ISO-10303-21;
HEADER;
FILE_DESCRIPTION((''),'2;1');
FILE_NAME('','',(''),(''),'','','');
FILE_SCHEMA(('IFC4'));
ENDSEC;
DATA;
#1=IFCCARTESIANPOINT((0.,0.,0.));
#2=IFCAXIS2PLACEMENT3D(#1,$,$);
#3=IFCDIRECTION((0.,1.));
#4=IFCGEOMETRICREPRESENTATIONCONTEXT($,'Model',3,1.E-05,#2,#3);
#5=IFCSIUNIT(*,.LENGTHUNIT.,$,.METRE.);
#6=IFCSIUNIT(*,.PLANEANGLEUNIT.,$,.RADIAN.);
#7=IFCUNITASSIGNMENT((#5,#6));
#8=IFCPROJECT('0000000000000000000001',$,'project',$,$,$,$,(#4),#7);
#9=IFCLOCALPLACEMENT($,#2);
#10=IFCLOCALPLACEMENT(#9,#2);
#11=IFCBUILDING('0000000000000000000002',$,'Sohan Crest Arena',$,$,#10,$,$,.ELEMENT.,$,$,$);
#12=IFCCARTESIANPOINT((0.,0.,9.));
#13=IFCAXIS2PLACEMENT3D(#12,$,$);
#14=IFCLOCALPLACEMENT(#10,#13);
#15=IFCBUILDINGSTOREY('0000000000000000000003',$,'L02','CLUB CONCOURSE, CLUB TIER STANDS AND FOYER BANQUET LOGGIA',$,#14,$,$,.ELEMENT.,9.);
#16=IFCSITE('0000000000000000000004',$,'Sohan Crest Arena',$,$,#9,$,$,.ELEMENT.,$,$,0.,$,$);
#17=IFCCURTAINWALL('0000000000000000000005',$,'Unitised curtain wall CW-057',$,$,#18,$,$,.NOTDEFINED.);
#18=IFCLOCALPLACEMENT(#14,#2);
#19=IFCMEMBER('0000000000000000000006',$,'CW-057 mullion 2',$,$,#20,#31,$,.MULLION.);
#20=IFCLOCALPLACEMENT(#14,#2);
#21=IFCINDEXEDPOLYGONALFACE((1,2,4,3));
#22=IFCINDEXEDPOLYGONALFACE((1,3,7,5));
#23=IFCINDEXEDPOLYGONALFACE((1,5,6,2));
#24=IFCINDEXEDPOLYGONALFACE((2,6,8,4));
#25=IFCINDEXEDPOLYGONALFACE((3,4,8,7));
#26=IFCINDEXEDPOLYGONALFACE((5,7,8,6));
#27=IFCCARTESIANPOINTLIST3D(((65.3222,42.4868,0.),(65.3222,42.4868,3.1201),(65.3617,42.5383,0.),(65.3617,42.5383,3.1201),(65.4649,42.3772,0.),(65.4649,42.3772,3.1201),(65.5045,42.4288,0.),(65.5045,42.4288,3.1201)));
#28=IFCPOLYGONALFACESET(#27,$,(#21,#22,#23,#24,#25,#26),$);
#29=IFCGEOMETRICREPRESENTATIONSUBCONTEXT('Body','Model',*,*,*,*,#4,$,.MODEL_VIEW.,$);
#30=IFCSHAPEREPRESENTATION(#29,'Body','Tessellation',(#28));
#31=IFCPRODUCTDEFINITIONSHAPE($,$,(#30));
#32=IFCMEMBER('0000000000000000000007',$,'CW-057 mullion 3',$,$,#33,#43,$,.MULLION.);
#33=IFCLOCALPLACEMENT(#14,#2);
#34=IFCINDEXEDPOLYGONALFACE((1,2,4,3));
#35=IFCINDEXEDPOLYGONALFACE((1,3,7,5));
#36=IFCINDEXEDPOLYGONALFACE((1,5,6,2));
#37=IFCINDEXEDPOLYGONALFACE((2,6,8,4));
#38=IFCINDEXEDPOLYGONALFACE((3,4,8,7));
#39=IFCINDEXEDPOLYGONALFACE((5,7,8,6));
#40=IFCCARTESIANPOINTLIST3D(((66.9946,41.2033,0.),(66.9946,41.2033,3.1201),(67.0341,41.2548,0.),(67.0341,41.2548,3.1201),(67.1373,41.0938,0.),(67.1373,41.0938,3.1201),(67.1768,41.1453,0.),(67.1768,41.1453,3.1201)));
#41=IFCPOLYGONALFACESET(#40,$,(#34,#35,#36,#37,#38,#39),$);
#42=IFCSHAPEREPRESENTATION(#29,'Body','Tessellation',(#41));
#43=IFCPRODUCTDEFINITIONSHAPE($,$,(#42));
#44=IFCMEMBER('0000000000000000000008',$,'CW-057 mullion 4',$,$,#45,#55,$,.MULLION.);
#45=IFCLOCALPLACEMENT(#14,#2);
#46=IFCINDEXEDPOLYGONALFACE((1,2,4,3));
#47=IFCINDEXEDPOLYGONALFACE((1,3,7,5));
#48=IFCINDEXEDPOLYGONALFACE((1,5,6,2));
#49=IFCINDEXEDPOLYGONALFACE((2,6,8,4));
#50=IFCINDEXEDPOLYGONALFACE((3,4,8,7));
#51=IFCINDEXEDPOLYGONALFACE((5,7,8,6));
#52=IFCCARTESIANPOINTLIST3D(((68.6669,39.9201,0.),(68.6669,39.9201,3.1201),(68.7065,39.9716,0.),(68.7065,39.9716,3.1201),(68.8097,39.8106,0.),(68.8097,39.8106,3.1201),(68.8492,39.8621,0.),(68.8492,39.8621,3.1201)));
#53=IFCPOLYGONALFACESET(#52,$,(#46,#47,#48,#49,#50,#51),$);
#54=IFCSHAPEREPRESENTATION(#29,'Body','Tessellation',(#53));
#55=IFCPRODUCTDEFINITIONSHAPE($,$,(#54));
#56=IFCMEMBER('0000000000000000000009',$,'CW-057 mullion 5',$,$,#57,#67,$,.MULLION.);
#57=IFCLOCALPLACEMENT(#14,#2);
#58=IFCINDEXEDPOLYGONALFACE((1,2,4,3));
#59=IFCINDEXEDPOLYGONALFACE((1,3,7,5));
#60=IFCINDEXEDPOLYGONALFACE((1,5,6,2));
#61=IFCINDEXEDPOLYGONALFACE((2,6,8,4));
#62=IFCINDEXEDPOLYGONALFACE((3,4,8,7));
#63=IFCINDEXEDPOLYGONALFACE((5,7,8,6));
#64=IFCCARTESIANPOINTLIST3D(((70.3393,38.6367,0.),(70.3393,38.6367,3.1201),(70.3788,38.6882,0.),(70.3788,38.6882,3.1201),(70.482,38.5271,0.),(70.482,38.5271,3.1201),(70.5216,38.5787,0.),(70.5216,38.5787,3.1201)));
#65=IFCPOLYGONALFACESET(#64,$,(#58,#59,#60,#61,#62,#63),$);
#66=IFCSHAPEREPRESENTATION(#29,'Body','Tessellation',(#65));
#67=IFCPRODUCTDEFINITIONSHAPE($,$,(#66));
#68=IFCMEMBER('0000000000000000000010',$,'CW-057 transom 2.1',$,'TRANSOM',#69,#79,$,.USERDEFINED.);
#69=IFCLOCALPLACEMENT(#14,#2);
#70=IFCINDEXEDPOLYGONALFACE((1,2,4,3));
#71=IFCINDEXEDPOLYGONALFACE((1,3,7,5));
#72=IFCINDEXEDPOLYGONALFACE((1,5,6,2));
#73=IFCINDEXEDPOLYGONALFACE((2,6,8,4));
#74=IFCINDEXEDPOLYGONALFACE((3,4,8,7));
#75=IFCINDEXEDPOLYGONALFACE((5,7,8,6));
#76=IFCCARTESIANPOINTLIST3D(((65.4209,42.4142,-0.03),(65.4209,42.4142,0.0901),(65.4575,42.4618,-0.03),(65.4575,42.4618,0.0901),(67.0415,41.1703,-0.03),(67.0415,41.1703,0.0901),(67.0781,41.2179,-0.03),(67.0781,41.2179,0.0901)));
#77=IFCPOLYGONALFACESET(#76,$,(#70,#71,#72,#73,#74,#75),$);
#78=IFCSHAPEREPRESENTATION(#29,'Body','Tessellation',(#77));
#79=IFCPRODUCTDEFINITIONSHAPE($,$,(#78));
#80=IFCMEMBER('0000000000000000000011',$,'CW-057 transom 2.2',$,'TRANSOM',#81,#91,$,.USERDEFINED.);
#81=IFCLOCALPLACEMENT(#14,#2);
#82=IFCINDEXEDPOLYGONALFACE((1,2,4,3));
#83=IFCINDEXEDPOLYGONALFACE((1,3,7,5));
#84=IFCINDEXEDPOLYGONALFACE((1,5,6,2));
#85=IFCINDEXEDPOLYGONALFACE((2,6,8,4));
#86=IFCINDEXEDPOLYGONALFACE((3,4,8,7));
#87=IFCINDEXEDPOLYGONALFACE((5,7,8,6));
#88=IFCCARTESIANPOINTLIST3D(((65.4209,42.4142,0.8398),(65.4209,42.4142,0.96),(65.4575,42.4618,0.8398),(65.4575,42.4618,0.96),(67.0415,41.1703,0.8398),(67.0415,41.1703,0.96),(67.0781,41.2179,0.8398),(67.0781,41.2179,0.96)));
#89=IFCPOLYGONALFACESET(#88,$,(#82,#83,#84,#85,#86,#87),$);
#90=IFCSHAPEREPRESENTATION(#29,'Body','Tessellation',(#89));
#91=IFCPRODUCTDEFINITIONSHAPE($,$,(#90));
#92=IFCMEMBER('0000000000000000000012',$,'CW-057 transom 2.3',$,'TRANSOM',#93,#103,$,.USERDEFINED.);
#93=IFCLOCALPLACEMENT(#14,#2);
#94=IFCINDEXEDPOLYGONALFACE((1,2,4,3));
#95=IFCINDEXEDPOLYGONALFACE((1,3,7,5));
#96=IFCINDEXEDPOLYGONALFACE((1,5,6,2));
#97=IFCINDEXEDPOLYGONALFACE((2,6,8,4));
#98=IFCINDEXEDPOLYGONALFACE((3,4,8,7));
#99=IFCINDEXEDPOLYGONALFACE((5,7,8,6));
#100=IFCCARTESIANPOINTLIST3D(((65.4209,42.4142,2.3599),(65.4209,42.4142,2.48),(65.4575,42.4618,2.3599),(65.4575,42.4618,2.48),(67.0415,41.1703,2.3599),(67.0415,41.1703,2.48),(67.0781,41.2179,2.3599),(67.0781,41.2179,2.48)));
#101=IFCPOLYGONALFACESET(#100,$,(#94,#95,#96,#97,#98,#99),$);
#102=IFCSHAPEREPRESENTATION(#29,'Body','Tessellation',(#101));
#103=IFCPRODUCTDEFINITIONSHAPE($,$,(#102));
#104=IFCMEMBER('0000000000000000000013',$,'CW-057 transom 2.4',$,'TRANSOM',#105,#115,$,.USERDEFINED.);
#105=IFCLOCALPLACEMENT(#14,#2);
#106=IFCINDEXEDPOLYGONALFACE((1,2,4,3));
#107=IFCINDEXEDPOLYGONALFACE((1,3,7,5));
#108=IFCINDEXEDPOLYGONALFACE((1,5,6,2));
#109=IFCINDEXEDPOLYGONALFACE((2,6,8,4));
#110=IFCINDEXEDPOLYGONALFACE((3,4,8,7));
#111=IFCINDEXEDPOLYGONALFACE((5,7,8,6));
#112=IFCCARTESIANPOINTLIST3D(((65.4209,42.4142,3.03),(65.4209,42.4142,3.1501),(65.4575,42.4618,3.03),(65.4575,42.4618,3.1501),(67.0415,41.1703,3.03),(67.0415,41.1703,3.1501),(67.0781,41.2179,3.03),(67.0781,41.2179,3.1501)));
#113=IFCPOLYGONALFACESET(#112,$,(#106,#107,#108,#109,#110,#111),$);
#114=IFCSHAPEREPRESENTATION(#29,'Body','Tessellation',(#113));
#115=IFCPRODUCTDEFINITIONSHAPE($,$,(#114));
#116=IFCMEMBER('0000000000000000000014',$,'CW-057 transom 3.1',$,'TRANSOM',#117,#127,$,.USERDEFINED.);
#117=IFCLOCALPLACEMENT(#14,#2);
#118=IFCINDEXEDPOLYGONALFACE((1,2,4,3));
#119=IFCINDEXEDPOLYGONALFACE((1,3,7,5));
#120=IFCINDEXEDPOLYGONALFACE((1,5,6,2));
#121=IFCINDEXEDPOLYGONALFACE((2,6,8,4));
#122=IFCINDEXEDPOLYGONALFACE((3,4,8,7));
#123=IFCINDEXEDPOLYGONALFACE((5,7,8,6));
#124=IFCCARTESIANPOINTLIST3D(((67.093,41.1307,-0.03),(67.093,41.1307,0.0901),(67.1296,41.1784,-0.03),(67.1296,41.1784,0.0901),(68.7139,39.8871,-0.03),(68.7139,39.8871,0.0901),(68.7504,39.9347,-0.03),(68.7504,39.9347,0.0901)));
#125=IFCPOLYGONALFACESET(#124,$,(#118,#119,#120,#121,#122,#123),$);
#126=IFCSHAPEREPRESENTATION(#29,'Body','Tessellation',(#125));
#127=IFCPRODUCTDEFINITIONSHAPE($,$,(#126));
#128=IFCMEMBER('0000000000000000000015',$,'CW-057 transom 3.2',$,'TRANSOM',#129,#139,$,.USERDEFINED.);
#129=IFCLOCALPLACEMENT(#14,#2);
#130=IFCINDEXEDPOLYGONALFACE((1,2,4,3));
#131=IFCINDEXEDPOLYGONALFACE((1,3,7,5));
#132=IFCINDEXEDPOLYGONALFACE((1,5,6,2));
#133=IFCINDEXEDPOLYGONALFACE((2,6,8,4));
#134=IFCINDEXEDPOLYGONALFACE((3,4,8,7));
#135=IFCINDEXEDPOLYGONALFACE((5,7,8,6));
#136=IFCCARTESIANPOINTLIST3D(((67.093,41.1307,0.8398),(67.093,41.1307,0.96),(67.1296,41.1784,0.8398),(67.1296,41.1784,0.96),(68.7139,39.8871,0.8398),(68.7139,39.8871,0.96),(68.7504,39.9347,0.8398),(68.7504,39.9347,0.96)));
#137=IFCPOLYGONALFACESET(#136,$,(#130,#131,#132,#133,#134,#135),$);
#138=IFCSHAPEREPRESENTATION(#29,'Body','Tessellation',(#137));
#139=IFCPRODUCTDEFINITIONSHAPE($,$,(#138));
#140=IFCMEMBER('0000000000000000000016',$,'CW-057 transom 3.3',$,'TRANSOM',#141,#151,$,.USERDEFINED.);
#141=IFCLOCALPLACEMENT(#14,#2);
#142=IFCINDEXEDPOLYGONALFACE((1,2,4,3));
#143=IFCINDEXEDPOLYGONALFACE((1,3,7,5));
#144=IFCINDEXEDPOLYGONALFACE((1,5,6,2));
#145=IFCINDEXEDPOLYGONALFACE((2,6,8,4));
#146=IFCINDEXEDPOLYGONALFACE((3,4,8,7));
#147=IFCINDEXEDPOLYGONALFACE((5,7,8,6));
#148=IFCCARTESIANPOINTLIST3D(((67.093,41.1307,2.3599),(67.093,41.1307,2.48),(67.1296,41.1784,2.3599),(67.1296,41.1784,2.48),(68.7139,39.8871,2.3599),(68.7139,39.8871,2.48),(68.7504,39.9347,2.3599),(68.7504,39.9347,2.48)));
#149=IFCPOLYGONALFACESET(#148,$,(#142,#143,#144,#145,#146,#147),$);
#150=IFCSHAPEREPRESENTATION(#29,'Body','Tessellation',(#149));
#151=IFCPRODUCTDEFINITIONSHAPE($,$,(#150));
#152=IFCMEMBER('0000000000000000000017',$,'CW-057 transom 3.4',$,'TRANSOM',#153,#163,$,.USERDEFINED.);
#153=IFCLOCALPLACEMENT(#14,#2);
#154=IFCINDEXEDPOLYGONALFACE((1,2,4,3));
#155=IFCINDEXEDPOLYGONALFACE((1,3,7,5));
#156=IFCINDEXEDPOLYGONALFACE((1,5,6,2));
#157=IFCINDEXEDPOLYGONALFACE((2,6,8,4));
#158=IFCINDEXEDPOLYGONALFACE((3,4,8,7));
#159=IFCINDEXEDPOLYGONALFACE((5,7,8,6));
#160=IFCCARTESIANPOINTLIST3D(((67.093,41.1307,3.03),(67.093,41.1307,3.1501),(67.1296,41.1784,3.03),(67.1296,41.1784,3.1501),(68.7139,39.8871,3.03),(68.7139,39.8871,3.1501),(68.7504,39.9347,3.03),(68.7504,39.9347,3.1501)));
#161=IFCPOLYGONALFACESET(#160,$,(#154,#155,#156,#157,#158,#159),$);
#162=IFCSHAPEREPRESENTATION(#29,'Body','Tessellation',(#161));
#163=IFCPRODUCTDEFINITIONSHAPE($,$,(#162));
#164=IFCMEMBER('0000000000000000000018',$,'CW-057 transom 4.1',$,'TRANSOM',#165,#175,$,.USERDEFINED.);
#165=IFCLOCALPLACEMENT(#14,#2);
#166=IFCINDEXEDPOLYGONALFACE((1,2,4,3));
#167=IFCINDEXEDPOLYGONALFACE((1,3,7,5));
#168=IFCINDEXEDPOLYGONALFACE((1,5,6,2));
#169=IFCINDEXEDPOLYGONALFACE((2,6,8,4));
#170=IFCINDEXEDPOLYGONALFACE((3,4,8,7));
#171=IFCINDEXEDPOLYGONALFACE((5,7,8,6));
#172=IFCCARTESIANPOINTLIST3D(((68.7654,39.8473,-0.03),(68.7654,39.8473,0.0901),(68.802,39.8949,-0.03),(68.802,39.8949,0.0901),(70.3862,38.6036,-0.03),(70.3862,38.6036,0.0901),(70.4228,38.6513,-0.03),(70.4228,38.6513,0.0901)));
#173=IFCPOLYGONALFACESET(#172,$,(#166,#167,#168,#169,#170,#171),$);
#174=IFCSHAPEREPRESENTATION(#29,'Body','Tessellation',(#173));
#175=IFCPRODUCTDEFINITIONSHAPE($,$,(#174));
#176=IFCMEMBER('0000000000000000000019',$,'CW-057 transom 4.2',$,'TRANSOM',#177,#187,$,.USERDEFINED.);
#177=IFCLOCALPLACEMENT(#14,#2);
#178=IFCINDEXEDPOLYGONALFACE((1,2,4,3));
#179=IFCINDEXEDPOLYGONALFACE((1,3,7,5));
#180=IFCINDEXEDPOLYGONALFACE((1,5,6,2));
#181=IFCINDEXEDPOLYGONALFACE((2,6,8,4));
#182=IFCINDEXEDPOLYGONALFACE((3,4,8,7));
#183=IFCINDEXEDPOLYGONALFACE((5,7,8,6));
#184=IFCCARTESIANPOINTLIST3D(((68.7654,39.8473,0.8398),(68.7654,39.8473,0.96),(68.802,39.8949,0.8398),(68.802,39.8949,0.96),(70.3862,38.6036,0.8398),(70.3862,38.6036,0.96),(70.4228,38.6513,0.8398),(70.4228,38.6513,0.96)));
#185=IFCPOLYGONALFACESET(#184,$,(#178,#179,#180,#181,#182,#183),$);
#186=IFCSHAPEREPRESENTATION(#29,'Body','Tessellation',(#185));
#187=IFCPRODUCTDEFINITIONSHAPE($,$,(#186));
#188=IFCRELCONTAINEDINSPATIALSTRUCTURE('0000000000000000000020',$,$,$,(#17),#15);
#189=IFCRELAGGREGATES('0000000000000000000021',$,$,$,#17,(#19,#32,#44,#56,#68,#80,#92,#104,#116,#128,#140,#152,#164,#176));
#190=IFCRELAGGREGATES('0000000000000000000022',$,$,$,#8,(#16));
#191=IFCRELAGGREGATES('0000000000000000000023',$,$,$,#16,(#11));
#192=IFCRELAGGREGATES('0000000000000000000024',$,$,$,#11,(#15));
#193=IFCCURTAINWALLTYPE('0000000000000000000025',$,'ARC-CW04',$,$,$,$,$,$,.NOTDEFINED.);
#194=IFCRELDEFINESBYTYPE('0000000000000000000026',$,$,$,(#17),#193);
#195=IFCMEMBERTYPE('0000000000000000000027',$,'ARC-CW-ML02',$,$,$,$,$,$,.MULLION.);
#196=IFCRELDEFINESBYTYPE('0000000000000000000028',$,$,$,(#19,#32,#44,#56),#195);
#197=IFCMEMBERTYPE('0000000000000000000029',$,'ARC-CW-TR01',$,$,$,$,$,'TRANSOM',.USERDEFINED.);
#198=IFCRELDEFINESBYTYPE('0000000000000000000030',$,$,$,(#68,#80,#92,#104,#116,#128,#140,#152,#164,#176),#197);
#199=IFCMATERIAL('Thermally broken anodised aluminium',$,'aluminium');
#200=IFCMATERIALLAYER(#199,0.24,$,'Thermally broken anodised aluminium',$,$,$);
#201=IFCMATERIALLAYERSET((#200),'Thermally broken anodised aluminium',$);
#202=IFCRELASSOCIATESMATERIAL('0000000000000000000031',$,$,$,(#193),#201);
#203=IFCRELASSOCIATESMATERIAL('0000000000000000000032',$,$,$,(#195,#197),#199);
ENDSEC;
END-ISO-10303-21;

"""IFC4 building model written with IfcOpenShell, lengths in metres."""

from ifc_helpers import new_model, si_unit, direction, frame, origin, origin_2d, place, context, subcontext, project, spatial, rectangle, extrude, material, layer, layer_set, material_profile, profile_set, type_object, element, aggregate, save


model = new_model("IFC4")

# Units and contexts
model_context = context("Model", 3, precision=1e-05, world=origin(), true_north=direction((0.0, 1.0)))
body_context = subcontext(model_context, "Body", "Model", "MODEL_VIEW")
ifc_project = project(units=[si_unit("LENGTHUNIT", "METRE"), si_unit("PLANEANGLEUNIT", "RADIAN")], contexts=[model_context])

# Site, building, storey
site_placement = place(None, origin())
site = spatial("IfcSite", under=ifc_project, at=site_placement, Name="Sohan Crest Arena", CompositionType="ELEMENT", RefElevation=0.0)
building_placement = place(site_placement, origin())
building = spatial("IfcBuilding", under=site, at=building_placement, Name="Sohan Crest Arena", CompositionType="ELEMENT")
storey_placement = place(building_placement, frame((0.0, 0.0, 9.0)))
storey = spatial("IfcBuildingStorey", under=building, at=storey_placement, Name="L02", Description="CLUB CONCOURSE, CLUB TIER STANDS AND FOYER BANQUET LOGGIA", CompositionType="ELEMENT", Elevation=9.0)

# Curtain wall, members
ifc_material_1 = material(Name="Thermally broken anodised aluminium", Category="aluminium")
ifc_layer_1 = layer(ifc_material_1, 0.24, Name="Thermally broken anodised aluminium")
ifc_layer_set_1 = layer_set([ifc_layer_1], Name="Thermally broken anodised aluminium")
curtain_wall_type = type_object("IfcCurtainWallType", Name="ARC-CW04", PredefinedType="NOTDEFINED", material=ifc_layer_set_1)
curtain_wall_placement = place(storey_placement, origin())
curtain_wall = element("IfcCurtainWall", 1, at=curtain_wall_placement, inside=storey, type_object=curtain_wall_type, Name="Unitised curtain wall CW-057", PredefinedType="NOTDEFINED")
ifc_material_profile_1 = material_profile(ifc_material_1, rectangle(XDim=0.0649, YDim=0.1799, at=origin_2d()), Name="ALU-MULL 65x180")
ifc_profile_set_1 = profile_set([ifc_material_profile_1], Name="Thermally broken anodised aluminium")
member_type_1 = type_object("IfcMemberType", Name="ARC-CW-ML02", PredefinedType="MULLION", material=ifc_profile_set_1)
member_1_placement = place(storey_placement, frame((65.4133, 42.4578, 0.0), z_axis=(0.0, 0.0, 1.0), x_axis=(0.608793, 0.793329, 0.0)))
member_1 = element("IfcMember", 2, at=member_1_placement, type_object=member_type_1, Name="CW-057 mullion 2", PredefinedType="MULLION", context=body_context, shape_type="SweptSolid", body=[
    extrude(rectangle(XDim=0.0649, YDim=0.1799, at=origin_2d()), origin(), (0.0, 0.0, 1.0), 3.1201),
])
member_2_placement = place(storey_placement, frame((67.0857, 41.1743, 0.0), z_axis=(0.0, 0.0, 1.0), x_axis=(0.608793, 0.793329, 0.0)))
member_2 = element("IfcMember", 3, at=member_2_placement, type_object=member_type_1, Name="CW-057 mullion 3", PredefinedType="MULLION", context=body_context, shape_type="SweptSolid", body=[
    extrude(rectangle(XDim=0.0649, YDim=0.1799, at=origin_2d()), origin(), (0.0, 0.0, 1.0), 3.1201),
])
member_3_placement = place(storey_placement, frame((68.7581, 39.8911, 0.0), z_axis=(0.0, 0.0, 1.0), x_axis=(0.608793, 0.793329, 0.0)))
member_3 = element("IfcMember", 4, at=member_3_placement, type_object=member_type_1, Name="CW-057 mullion 4", PredefinedType="MULLION", context=body_context, shape_type="SweptSolid", body=[
    extrude(rectangle(XDim=0.0649, YDim=0.1799, at=origin_2d()), origin(), (0.0, 0.0, 1.0), 3.1201),
])
member_4_placement = place(storey_placement, frame((70.4304, 38.6077, 0.0), z_axis=(0.0, 0.0, 1.0), x_axis=(0.608793, 0.793329, 0.0)))
member_4 = element("IfcMember", 5, at=member_4_placement, type_object=member_type_1, Name="CW-057 mullion 5", PredefinedType="MULLION", context=body_context, shape_type="SweptSolid", body=[
    extrude(rectangle(XDim=0.0649, YDim=0.1799, at=origin_2d()), origin(), (0.0, 0.0, 1.0), 3.1201),
])
ifc_material_profile_2 = material_profile(ifc_material_1, rectangle(XDim=0.0601, YDim=0.1201, at=origin_2d()), Name="ALU-TRAN 60x120")
ifc_profile_set_2 = profile_set([ifc_material_profile_2], Name="Thermally broken anodised aluminium")
member_type_2 = type_object("IfcMemberType", Name="ARC-CW-TR01", ElementType="TRANSOM", PredefinedType="USERDEFINED", material=ifc_profile_set_2)
member_5_placement = place(storey_placement, frame((65.4392, 42.438, 0.03), z_axis=(0.793268, -0.608873, 0.0), x_axis=(0.608873, 0.793268, 0.0)))
member_5 = element("IfcMember", 6, at=member_5_placement, type_object=member_type_2, Name="CW-057 transom 2.1", ObjectType="TRANSOM", PredefinedType="USERDEFINED", context=body_context, shape_type="SweptSolid", body=[
    extrude(rectangle(XDim=0.0601, YDim=0.1201, at=origin_2d()), origin(), (0.0, 0.0, 1.0), 2.043),
])
member_6_placement = place(storey_placement, frame((65.4392, 42.438, 0.8999), z_axis=(0.793268, -0.608873, 0.0), x_axis=(0.608873, 0.793268, 0.0)))
member_6 = element("IfcMember", 7, at=member_6_placement, type_object=member_type_2, Name="CW-057 transom 2.2", ObjectType="TRANSOM", PredefinedType="USERDEFINED", context=body_context, shape_type="SweptSolid", body=[
    extrude(rectangle(XDim=0.0601, YDim=0.1201, at=origin_2d()), origin(), (0.0, 0.0, 1.0), 2.043),
])
member_7_placement = place(storey_placement, frame((65.4392, 42.438, 2.4199), z_axis=(0.793268, -0.608873, 0.0), x_axis=(0.608873, 0.793268, 0.0)))
member_7 = element("IfcMember", 8, at=member_7_placement, type_object=member_type_2, Name="CW-057 transom 2.3", ObjectType="TRANSOM", PredefinedType="USERDEFINED", context=body_context, shape_type="SweptSolid", body=[
    extrude(rectangle(XDim=0.0601, YDim=0.1201, at=origin_2d()), origin(), (0.0, 0.0, 1.0), 2.043),
])
member_8_placement = place(storey_placement, frame((65.4392, 42.438, 3.0901), z_axis=(0.793268, -0.608873, 0.0), x_axis=(0.608873, 0.793268, 0.0)))
member_8 = element("IfcMember", 9, at=member_8_placement, type_object=member_type_2, Name="CW-057 transom 2.4", ObjectType="TRANSOM", PredefinedType="USERDEFINED", context=body_context, shape_type="SweptSolid", body=[
    extrude(rectangle(XDim=0.0601, YDim=0.1201, at=origin_2d()), origin(), (0.0, 0.0, 1.0), 2.043),
])
member_9_placement = place(storey_placement, frame((67.1113, 41.1545, 0.03), z_axis=(0.79337, -0.60874, 0.0), x_axis=(0.60874, 0.79337, 0.0)))
member_9 = element("IfcMember", 10, at=member_9_placement, type_object=member_type_2, Name="CW-057 transom 3.1", ObjectType="TRANSOM", PredefinedType="USERDEFINED", context=body_context, shape_type="SweptSolid", body=[
    extrude(rectangle(XDim=0.0601, YDim=0.1201, at=origin_2d()), origin(), (0.0, 0.0, 1.0), 2.043),
])
member_10_placement = place(storey_placement, frame((67.1113, 41.1545, 0.8999), z_axis=(0.79337, -0.60874, 0.0), x_axis=(0.60874, 0.79337, 0.0)))
member_10 = element("IfcMember", 11, at=member_10_placement, type_object=member_type_2, Name="CW-057 transom 3.2", ObjectType="TRANSOM", PredefinedType="USERDEFINED", context=body_context, shape_type="SweptSolid", body=[
    extrude(rectangle(XDim=0.0601, YDim=0.1201, at=origin_2d()), origin(), (0.0, 0.0, 1.0), 2.043),
])
member_11_placement = place(storey_placement, frame((67.1113, 41.1545, 2.4199), z_axis=(0.79337, -0.60874, 0.0), x_axis=(0.60874, 0.79337, 0.0)))
member_11 = element("IfcMember", 12, at=member_11_placement, type_object=member_type_2, Name="CW-057 transom 3.3", ObjectType="TRANSOM", PredefinedType="USERDEFINED", context=body_context, shape_type="SweptSolid", body=[
    extrude(rectangle(XDim=0.0601, YDim=0.1201, at=origin_2d()), origin(), (0.0, 0.0, 1.0), 2.043),
])
member_12_placement = place(storey_placement, frame((67.1113, 41.1545, 3.0901), z_axis=(0.79337, -0.60874, 0.0), x_axis=(0.60874, 0.79337, 0.0)))
member_12 = element("IfcMember", 13, at=member_12_placement, type_object=member_type_2, Name="CW-057 transom 3.4", ObjectType="TRANSOM", PredefinedType="USERDEFINED", context=body_context, shape_type="SweptSolid", body=[
    extrude(rectangle(XDim=0.0601, YDim=0.1201, at=origin_2d()), origin(), (0.0, 0.0, 1.0), 2.043),
])
member_13_placement = place(storey_placement, frame((68.7837, 39.8711, 0.03), z_axis=(0.79337, -0.60874, 0.0), x_axis=(0.60874, 0.79337, 0.0)))
member_13 = element("IfcMember", 14, at=member_13_placement, type_object=member_type_2, Name="CW-057 transom 4.1", ObjectType="TRANSOM", PredefinedType="USERDEFINED", context=body_context, shape_type="SweptSolid", body=[
    extrude(rectangle(XDim=0.0601, YDim=0.1201, at=origin_2d()), origin(), (0.0, 0.0, 1.0), 2.043),
])
member_14_placement = place(storey_placement, frame((68.7837, 39.8711, 0.8999), z_axis=(0.79337, -0.60874, 0.0), x_axis=(0.60874, 0.79337, 0.0)))
member_14 = element("IfcMember", 15, at=member_14_placement, type_object=member_type_2, Name="CW-057 transom 4.2", ObjectType="TRANSOM", PredefinedType="USERDEFINED", context=body_context, shape_type="SweptSolid", body=[
    extrude(rectangle(XDim=0.0601, YDim=0.1201, at=origin_2d()), origin(), (0.0, 0.0, 1.0), 2.043),
])
aggregate(curtain_wall, [member_1, member_2, member_3, member_4, member_5, member_6, member_7, member_8, member_9, member_10, member_11, member_12, member_13, member_14])

save(model, "model.ifc")
